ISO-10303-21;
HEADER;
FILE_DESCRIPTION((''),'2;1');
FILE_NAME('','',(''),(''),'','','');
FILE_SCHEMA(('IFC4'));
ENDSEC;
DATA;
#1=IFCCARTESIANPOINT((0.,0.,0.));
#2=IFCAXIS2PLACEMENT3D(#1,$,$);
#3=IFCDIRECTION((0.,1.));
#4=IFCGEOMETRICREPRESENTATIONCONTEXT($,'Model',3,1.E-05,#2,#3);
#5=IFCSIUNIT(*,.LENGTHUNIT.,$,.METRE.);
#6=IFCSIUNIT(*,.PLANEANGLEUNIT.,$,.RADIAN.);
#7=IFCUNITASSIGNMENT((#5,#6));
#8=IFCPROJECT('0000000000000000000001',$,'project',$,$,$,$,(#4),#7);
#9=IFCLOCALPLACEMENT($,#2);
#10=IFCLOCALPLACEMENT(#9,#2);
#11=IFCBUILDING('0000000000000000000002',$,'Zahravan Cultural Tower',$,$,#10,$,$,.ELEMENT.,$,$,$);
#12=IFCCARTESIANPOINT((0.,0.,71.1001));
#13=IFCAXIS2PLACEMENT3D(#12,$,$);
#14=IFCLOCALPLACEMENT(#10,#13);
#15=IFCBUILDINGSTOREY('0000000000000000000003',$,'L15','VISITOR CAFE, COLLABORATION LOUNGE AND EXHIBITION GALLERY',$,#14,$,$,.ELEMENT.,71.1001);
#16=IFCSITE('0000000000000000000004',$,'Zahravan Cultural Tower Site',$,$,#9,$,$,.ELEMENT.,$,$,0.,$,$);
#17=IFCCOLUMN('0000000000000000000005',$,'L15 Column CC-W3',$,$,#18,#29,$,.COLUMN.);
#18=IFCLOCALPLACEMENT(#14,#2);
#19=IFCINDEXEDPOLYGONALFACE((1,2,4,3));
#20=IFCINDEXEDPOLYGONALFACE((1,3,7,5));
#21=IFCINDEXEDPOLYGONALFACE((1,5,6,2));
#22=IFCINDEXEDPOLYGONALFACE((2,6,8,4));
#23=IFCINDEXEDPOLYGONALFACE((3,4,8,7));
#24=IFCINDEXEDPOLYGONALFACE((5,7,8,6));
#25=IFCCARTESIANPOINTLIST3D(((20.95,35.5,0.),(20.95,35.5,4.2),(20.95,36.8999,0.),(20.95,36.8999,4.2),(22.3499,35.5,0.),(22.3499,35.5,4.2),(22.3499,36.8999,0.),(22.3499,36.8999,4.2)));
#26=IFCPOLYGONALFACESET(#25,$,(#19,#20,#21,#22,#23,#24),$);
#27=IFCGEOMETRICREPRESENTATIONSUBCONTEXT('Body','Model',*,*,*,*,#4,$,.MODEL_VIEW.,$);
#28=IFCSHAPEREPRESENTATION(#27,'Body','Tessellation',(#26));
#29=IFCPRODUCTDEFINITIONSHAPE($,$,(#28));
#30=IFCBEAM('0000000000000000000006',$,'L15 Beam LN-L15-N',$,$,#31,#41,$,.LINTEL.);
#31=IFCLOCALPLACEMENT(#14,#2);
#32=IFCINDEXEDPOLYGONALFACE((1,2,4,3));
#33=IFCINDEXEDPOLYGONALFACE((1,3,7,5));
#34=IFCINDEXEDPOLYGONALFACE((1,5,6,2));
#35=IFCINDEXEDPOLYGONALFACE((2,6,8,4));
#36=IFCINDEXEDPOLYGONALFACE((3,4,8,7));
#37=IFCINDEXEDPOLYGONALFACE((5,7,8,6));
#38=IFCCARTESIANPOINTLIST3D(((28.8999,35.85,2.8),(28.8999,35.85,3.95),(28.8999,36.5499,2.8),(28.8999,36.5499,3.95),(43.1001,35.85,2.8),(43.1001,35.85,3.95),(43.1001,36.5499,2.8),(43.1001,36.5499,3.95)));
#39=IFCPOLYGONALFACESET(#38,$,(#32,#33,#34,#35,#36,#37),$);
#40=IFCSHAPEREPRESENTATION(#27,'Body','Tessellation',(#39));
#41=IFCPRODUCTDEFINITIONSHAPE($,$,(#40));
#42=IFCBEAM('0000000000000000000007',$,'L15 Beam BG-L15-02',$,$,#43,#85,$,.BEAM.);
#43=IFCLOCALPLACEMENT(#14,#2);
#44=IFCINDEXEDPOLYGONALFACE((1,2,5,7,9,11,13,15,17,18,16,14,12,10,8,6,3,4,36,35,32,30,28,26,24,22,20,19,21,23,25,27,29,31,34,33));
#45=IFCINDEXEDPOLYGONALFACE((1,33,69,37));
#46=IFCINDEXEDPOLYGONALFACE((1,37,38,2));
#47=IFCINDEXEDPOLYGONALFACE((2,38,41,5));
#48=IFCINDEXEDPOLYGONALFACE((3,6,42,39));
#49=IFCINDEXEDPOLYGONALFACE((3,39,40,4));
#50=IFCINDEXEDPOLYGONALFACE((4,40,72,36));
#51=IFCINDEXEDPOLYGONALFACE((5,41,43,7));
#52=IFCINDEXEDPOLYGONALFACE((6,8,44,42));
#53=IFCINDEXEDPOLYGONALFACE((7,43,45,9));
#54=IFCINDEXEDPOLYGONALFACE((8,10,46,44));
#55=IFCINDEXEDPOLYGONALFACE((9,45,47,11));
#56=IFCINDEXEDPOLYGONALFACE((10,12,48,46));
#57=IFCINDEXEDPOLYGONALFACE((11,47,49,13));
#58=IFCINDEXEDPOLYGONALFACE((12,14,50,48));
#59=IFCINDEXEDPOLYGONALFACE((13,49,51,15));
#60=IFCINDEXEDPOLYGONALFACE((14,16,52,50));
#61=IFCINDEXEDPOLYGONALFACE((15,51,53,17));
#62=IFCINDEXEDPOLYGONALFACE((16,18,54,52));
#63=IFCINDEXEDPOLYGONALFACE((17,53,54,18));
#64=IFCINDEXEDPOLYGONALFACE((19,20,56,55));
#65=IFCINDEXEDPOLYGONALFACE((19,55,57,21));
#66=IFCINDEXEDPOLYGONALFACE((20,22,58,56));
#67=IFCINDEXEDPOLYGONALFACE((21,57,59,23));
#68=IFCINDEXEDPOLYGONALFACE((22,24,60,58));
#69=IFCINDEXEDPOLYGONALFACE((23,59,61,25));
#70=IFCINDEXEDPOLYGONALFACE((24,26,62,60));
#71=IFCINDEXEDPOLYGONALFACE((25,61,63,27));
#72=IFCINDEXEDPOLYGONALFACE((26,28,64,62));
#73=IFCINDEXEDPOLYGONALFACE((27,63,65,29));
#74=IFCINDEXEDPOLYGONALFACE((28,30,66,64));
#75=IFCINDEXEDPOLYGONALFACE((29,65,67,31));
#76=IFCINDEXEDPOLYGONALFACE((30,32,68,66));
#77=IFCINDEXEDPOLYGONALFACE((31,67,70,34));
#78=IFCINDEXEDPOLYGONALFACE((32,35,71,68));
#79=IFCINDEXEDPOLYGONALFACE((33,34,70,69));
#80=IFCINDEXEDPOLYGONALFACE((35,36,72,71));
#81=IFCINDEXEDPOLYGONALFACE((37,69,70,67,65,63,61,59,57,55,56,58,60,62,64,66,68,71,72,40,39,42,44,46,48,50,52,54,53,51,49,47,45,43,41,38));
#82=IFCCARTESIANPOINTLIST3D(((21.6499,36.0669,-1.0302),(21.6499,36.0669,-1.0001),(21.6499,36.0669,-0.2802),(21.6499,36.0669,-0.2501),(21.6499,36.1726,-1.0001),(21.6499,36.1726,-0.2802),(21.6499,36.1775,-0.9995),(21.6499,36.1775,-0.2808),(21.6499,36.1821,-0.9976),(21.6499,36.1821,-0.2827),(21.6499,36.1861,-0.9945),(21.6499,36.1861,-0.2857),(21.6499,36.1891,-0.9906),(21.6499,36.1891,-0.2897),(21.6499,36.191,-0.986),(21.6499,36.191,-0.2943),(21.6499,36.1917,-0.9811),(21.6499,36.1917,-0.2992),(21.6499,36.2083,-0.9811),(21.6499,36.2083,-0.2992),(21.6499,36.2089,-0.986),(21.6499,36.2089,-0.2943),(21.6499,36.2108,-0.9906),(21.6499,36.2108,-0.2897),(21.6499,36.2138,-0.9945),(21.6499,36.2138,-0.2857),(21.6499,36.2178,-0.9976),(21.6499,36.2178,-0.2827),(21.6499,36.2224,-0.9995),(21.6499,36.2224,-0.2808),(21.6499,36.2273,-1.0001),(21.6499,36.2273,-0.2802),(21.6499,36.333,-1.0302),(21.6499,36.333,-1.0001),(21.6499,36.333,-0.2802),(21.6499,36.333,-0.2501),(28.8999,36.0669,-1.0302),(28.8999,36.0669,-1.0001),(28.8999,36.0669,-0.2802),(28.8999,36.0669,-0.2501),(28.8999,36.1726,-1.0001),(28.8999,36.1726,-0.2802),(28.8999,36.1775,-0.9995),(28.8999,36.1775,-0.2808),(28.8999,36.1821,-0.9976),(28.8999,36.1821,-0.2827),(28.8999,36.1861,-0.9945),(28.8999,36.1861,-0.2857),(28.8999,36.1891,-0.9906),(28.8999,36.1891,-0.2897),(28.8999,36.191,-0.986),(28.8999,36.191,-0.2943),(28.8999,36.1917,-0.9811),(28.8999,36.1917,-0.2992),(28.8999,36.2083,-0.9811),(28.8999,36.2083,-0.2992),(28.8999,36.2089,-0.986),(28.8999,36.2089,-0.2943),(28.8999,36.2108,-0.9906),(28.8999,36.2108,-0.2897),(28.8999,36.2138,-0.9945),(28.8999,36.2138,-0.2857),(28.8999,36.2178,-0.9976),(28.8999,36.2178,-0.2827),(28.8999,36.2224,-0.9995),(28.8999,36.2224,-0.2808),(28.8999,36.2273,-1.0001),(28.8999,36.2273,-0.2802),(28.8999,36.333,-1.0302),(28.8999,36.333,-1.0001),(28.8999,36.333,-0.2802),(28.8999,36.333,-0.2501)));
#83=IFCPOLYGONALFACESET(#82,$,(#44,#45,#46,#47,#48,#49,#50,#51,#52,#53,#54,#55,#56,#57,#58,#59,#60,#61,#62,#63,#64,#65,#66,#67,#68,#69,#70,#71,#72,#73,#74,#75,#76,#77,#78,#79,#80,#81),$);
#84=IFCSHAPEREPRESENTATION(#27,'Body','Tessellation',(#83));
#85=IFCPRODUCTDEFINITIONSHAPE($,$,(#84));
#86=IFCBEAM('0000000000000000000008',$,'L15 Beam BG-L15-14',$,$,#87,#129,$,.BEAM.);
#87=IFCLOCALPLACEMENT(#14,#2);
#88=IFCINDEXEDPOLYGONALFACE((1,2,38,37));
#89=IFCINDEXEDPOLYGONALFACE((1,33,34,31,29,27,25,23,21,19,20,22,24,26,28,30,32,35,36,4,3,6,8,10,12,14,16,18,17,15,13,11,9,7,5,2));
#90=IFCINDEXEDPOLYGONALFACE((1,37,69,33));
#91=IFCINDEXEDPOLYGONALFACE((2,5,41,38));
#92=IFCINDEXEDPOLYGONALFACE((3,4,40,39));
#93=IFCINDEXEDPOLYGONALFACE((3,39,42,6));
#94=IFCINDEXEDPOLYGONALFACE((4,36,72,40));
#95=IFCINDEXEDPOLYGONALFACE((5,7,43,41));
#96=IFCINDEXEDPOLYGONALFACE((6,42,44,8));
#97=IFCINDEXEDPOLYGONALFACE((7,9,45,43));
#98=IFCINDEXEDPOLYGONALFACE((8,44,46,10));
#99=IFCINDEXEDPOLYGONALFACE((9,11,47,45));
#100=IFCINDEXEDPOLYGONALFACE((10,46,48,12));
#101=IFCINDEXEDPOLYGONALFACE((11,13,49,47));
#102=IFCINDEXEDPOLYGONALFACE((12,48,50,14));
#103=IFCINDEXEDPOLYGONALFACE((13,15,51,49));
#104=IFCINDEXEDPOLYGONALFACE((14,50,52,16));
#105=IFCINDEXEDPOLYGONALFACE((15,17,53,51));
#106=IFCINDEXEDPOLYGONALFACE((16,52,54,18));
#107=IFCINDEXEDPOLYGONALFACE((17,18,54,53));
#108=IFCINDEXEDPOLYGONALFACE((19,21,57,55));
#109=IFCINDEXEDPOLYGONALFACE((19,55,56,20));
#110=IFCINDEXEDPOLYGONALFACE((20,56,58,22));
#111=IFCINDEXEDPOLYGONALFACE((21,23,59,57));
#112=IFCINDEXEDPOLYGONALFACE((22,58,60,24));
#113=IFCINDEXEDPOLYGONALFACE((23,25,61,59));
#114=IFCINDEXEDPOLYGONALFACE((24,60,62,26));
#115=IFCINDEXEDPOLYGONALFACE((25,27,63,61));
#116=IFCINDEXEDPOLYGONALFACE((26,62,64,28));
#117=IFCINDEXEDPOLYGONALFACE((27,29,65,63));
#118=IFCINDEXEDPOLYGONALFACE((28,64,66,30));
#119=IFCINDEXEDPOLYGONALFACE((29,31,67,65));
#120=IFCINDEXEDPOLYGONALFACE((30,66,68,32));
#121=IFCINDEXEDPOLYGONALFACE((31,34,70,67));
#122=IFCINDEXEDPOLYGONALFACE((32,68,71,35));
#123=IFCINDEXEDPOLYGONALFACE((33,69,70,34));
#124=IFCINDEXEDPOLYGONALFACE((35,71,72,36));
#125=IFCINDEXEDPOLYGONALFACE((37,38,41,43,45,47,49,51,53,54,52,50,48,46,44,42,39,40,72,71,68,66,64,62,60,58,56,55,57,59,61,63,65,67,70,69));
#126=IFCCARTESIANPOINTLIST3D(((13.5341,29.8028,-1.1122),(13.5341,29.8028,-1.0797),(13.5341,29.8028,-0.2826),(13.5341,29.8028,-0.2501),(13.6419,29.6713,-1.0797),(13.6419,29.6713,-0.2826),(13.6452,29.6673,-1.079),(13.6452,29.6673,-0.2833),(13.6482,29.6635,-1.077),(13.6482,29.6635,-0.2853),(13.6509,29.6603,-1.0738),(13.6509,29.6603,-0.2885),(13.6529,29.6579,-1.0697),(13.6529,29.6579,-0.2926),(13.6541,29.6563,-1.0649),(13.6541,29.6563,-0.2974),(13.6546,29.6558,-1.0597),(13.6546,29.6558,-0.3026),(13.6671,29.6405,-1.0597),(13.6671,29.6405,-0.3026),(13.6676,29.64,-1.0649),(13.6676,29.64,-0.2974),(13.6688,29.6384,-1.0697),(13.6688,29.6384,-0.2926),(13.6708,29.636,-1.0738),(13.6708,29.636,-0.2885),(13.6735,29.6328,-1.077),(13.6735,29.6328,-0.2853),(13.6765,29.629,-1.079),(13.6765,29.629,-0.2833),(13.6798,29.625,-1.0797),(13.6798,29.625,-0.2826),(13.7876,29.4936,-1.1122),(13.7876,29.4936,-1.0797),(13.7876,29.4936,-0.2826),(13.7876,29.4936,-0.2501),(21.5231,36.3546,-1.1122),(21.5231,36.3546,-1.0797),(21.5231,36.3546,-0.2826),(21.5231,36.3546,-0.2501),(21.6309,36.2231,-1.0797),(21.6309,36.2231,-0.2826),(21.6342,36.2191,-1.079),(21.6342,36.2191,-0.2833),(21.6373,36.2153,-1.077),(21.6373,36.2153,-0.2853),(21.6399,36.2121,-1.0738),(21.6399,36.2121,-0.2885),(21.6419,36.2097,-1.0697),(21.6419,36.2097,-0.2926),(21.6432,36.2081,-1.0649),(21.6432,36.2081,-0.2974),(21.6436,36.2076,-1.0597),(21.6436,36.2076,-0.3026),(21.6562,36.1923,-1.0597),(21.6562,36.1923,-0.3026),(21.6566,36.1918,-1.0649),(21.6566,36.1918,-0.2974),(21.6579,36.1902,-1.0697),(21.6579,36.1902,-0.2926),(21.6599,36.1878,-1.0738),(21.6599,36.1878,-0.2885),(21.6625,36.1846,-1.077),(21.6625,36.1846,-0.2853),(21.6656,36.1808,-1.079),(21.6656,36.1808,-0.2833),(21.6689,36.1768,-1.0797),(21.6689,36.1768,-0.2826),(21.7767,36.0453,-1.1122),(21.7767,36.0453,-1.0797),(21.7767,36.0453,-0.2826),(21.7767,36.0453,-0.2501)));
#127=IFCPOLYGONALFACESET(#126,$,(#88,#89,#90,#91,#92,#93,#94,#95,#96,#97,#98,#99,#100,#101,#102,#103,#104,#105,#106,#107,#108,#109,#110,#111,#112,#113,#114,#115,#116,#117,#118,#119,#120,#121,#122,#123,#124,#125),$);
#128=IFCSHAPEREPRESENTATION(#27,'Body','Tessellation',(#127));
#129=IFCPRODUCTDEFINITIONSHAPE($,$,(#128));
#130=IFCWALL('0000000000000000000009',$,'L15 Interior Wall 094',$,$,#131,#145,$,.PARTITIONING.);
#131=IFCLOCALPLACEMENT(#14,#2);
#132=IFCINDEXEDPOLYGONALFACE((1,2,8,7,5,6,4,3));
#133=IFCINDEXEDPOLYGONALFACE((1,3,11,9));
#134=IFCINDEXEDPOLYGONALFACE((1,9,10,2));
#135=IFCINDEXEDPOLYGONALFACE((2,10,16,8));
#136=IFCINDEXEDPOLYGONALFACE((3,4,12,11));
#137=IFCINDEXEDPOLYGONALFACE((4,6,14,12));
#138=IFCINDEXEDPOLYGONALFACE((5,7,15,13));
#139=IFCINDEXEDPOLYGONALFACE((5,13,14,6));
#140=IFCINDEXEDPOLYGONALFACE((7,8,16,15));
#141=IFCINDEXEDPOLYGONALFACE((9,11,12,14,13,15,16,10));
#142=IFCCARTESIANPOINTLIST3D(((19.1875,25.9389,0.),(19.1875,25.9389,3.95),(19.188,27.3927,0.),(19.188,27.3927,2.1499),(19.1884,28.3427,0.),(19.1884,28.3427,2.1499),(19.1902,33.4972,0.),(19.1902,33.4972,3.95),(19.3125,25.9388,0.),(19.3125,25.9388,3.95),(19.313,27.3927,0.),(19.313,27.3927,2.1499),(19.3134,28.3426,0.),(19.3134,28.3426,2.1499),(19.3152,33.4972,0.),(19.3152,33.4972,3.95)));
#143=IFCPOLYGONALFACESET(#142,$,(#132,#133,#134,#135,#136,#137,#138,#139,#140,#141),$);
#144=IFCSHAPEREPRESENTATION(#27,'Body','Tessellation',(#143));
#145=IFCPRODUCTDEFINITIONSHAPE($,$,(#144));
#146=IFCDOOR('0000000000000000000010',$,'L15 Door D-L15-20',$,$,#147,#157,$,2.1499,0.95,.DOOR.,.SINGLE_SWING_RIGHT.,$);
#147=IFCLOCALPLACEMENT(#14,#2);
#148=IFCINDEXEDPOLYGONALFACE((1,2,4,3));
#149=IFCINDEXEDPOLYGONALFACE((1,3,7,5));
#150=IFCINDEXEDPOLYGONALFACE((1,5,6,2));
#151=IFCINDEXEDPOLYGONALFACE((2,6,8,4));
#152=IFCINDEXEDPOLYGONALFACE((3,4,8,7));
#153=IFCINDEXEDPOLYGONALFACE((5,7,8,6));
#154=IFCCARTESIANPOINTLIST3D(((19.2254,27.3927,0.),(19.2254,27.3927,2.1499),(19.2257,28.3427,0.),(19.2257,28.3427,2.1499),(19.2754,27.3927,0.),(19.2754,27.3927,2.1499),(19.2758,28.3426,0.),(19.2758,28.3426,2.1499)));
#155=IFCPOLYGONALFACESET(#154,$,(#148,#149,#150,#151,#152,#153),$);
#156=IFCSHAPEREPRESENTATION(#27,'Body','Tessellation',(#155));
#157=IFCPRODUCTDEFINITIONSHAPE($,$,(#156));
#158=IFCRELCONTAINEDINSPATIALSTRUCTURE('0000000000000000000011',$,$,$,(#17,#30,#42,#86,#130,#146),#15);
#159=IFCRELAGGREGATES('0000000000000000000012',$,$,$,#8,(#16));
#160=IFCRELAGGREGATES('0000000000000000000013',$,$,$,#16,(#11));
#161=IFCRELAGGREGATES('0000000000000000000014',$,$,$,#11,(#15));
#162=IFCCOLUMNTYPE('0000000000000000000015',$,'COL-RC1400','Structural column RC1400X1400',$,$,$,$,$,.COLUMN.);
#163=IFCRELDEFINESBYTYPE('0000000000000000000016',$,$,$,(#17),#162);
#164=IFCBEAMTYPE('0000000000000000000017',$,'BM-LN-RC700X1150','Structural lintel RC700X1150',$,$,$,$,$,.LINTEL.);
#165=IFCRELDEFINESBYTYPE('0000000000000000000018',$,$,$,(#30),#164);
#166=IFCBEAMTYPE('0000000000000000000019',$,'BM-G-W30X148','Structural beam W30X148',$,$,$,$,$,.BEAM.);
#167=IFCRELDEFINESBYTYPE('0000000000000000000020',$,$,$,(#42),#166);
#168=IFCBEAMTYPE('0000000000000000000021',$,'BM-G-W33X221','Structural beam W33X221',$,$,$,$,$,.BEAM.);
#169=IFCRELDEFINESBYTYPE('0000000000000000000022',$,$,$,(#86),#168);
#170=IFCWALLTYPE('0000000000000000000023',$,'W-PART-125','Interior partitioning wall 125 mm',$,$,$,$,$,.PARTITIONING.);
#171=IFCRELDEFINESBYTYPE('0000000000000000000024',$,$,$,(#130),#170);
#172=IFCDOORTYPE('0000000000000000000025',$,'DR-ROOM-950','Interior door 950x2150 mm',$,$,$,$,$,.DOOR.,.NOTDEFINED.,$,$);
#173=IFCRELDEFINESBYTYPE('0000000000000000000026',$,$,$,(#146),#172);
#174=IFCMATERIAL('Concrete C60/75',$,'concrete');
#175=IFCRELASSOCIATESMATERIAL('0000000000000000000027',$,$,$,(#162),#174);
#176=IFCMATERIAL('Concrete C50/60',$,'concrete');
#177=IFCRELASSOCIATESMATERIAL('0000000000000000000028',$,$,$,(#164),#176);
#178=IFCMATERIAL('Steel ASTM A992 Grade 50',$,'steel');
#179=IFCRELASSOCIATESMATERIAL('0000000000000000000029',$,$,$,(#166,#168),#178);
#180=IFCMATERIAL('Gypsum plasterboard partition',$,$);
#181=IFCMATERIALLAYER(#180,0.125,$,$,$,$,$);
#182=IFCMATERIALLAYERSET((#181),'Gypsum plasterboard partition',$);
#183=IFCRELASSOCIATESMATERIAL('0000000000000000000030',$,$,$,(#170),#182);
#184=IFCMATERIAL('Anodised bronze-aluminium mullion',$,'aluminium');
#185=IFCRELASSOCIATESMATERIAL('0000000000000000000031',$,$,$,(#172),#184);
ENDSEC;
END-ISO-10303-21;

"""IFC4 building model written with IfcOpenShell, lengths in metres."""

from ifc_helpers import new_model, si_unit, direction, frame, frame_2d, origin, origin_2d, place, context, subcontext, project, spatial, rectangle, i_section, extrude, source, transform, mapped, material, layer, layer_set, material_profile, profile_set, type_object, element, fill, save


model = new_model("IFC4")

# Units and contexts
model_context = context("Model", 3, precision=1e-05, world=origin(), true_north=direction((0.0, 1.0)))
body_context = subcontext(model_context, "Body", "Model", "MODEL_VIEW")
ifc_project = project(units=[si_unit("LENGTHUNIT", "METRE"), si_unit("PLANEANGLEUNIT", "RADIAN")], contexts=[model_context])

# Site, building, storey
site_placement = place(None, origin())
site = spatial("IfcSite", under=ifc_project, at=site_placement, Name="Zahravan Cultural Tower Site", CompositionType="ELEMENT", RefElevation=0.0)
building_placement = place(site_placement, origin())
building = spatial("IfcBuilding", under=site, at=building_placement, Name="Zahravan Cultural Tower", CompositionType="ELEMENT")
storey_placement = place(building_placement, frame((0.0, 0.0, 71.1001)))
storey = spatial("IfcBuildingStorey", under=building, at=storey_placement, Name="L15", Description="VISITOR CAFE, COLLABORATION LOUNGE AND EXHIBITION GALLERY", CompositionType="ELEMENT", Elevation=71.1001)

# Column
ifc_material_1 = material(Name="Concrete C60/75", Category="concrete")
ifc_material_profile_1 = material_profile(ifc_material_1, rectangle(XDim=1.3999, YDim=1.3999, at=origin_2d()), Name="RC1400X1400")
ifc_profile_set_1 = profile_set([ifc_material_profile_1], Name="Concrete C60/75")
column_type = type_object("IfcColumnType", Name="COL-RC1400", Description="Structural column RC1400X1400", PredefinedType="COLUMN", material=ifc_profile_set_1)
shared_shape_1 = source(origin(), body_context, "Body", "SweptSolid", [
    extrude(rectangle(XDim=1.3999, YDim=1.3999, at=origin_2d()), origin(), (0.0, 0.0, 1.0), 4.2),
])
column_placement = place(storey_placement, frame((21.6499, 36.2, 0.0), z_axis=(0.0, 0.0, 1.0), x_axis=(1.0, 0.0, 0.0)))
element("IfcColumn", 1, at=column_placement, inside=storey, type_object=column_type, Name="L15 Column CC-W3", PredefinedType="COLUMN", context=body_context, shape_type="MappedRepresentation", body=[
    mapped(shared_shape_1, transform((0.0, 0.0, 0.0), x_axis=(1.0, 0.0, 0.0), y_axis=(0.0, 1.0, 0.0), z_axis=(0.0, 0.0, 1.0), scale=1.0)),
])

# Beams
ifc_material_2 = material(Name="Concrete C50/60", Category="concrete")
ifc_material_profile_2 = material_profile(ifc_material_2, rectangle(XDim=0.7, YDim=1.1499, at=origin_2d()), Name="RC700X1150")
ifc_profile_set_2 = profile_set([ifc_material_profile_2], Name="Concrete C50/60")
beam_type_1 = type_object("IfcBeamType", Name="BM-LN-RC700X1150", Description="Structural lintel RC700X1150", PredefinedType="LINTEL", material=ifc_profile_set_2)
shared_shape_2 = source(origin(), body_context, "Body", "SweptSolid", [
    extrude(rectangle(XDim=0.7, YDim=1.1499, at=origin_2d()), origin(), (0.0, 0.0, 1.0), 14.2002),
])
beam_1_placement = place(storey_placement, frame((28.8999, 36.2, 3.375), z_axis=(1.0, 0.0, 0.0), x_axis=(0.0, 1.0, 0.0)))
element("IfcBeam", 2, at=beam_1_placement, inside=storey, type_object=beam_type_1, Name="L15 Beam LN-L15-N", PredefinedType="LINTEL", context=body_context, shape_type="MappedRepresentation", body=[
    mapped(shared_shape_2, transform((0.0, 0.0, 0.0), x_axis=(1.0, 0.0, 0.0), y_axis=(0.0, 1.0, 0.0), z_axis=(0.0, 0.0, 1.0), scale=1.0)),
])
ifc_material_3 = material(Name="Steel ASTM A992 Grade 50", Category="steel")
ifc_material_profile_3 = material_profile(ifc_material_3, i_section(OverallWidth=0.2661, OverallDepth=0.78, WebThickness=0.0166, FlangeThickness=0.03, FilletRadius=0.019, at=origin_2d()), Name="W30X148")
ifc_profile_set_3 = profile_set([ifc_material_profile_3], Name="Steel ASTM A992 Grade 50")
beam_type_2 = type_object("IfcBeamType", Name="BM-G-W30X148", Description="Structural beam W30X148", PredefinedType="BEAM", material=ifc_profile_set_3)
shared_shape_3 = source(origin(), body_context, "Body", "SweptSolid", [
    extrude(i_section(OverallWidth=0.2661, OverallDepth=0.78, WebThickness=0.0166, FlangeThickness=0.03, FilletRadius=0.019, at=origin_2d()), origin(), (0.0, 0.0, 1.0), 7.25),
])
beam_2_placement = place(storey_placement, frame((21.6499, 36.2, -0.6401), z_axis=(1.0, 0.0, 0.0), x_axis=(0.0, 1.0, 0.0)))
element("IfcBeam", 3, at=beam_2_placement, inside=storey, type_object=beam_type_2, Name="L15 Beam BG-L15-02", PredefinedType="BEAM", context=body_context, shape_type="MappedRepresentation", body=[
    mapped(shared_shape_3, transform((0.0, 0.0, 0.0), x_axis=(1.0, 0.0, 0.0), y_axis=(0.0, 1.0, 0.0), z_axis=(0.0, 0.0, 1.0), scale=1.0)),
])
ifc_material_profile_4 = material_profile(ifc_material_3, i_section(OverallWidth=0.3999, OverallDepth=0.8621, WebThickness=0.0198, FlangeThickness=0.0325, FilletRadius=0.02, at=origin_2d()), Name="W33X221")
ifc_profile_set_4 = profile_set([ifc_material_profile_4], Name="Steel ASTM A992 Grade 50")
beam_type_3 = type_object("IfcBeamType", Name="BM-G-W33X221", Description="Structural beam W33X221", PredefinedType="BEAM", material=ifc_profile_set_4)
shared_shape_4 = source(origin(), body_context, "Body", "SweptSolid", [
    extrude(i_section(OverallWidth=0.3999, OverallDepth=0.8621, WebThickness=0.0198, FlangeThickness=0.0325, FilletRadius=0.02, at=origin_2d()), origin(), (0.0, 0.0, 1.0), 10.332),
])
beam_3_placement = place(storey_placement, frame((21.6499, 36.2, -0.6812), z_axis=(-0.773231, -0.634124, 0.0), x_axis=(0.634124, -0.773231, 0.0)))
element("IfcBeam", 4, at=beam_3_placement, inside=storey, type_object=beam_type_3, Name="L15 Beam BG-L15-14", PredefinedType="BEAM", context=body_context, shape_type="MappedRepresentation", body=[
    mapped(shared_shape_4, transform((0.0, 0.0, 0.0), x_axis=(1.0, 0.0, 0.0), y_axis=(0.0, 1.0, 0.0), z_axis=(0.0, 0.0, 1.0), scale=1.0)),
])

# Wall, opening, door
ifc_material_4 = material(Name="Gypsum plasterboard partition")
ifc_layer_1 = layer(ifc_material_4, 0.125)
ifc_layer_set_1 = layer_set([ifc_layer_1], Name="Gypsum plasterboard partition")
wall_type_1 = type_object("IfcWallType", Name="W-PART-125", Description="Interior partitioning wall 125 mm", PredefinedType="PARTITIONING", material=ifc_layer_set_1)
wall_1_placement = place(storey_placement, frame((19.2527, 33.4973, 0.0), z_axis=(0.0, 0.0, 1.0), x_axis=(-0.000355, -1.0, 0.0)))
wall_1 = element("IfcWall", 5, at=wall_1_placement, inside=storey, type_object=wall_type_1, Name="L15 Interior Wall 094", PredefinedType="PARTITIONING", context=body_context, shape_type="SweptSolid", body=[
    extrude(rectangle(XDim=7.5583, YDim=0.125, at=frame_2d((3.7793, 0.0))), origin(), (0.0, 0.0, 1.0), 3.95),
])
opening_1_placement = place(wall_1_placement, frame((5.1545, 0.0, 0.0)))
opening_1 = element("IfcOpeningElement", 6, at=opening_1_placement, cuts=wall_1, PredefinedType="OPENING", context=body_context, shape_type="SweptSolid", body=[
    extrude(rectangle(XDim=0.95, YDim=2.1499, at=frame_2d((0.4751, 1.075))), frame((0.0, 0.0725, 0.0), z_axis=(0.0, -1.0, 0.0), x_axis=(1.0, 0.0, 0.0)), (0.0, 0.0, 1.0), 0.145),
])
ifc_material_5 = material(Name="Anodised bronze-aluminium mullion", Category="aluminium")
door_type_1 = type_object("IfcDoorType", Name="DR-ROOM-950", Description="Interior door 950x2150 mm", OperationType="NOTDEFINED", PredefinedType="DOOR", material=ifc_material_5)
shared_shape_5 = source(origin(), body_context, "Body", "SweptSolid", [
    extrude(rectangle(XDim=0.95, YDim=2.1499, at=frame_2d((0.4751, 1.075))), frame((0.0, 0.0249, 0.0), z_axis=(0.0, -1.0, 0.0), x_axis=(1.0, 0.0, 0.0)), (0.0, 0.0, 1.0), 0.05),
])
door_1_placement = place(opening_1_placement, origin())
door_1 = element("IfcDoor", 7, at=door_1_placement, inside=storey, type_object=door_type_1, Name="L15 Door D-L15-20", OperationType="SINGLE_SWING_RIGHT", OverallHeight=2.1499, OverallWidth=0.95, PredefinedType="DOOR", context=body_context, shape_type="MappedRepresentation", body=[
    mapped(shared_shape_5, transform((0.0, 0.0, 0.0), x_axis=(1.0, 0.0, 0.0), y_axis=(0.0, 1.0, 0.0), z_axis=(0.0, 0.0, 1.0), scale=1.0)),
])
fill(opening_1, door_1)

save(model, "model.ifc")
